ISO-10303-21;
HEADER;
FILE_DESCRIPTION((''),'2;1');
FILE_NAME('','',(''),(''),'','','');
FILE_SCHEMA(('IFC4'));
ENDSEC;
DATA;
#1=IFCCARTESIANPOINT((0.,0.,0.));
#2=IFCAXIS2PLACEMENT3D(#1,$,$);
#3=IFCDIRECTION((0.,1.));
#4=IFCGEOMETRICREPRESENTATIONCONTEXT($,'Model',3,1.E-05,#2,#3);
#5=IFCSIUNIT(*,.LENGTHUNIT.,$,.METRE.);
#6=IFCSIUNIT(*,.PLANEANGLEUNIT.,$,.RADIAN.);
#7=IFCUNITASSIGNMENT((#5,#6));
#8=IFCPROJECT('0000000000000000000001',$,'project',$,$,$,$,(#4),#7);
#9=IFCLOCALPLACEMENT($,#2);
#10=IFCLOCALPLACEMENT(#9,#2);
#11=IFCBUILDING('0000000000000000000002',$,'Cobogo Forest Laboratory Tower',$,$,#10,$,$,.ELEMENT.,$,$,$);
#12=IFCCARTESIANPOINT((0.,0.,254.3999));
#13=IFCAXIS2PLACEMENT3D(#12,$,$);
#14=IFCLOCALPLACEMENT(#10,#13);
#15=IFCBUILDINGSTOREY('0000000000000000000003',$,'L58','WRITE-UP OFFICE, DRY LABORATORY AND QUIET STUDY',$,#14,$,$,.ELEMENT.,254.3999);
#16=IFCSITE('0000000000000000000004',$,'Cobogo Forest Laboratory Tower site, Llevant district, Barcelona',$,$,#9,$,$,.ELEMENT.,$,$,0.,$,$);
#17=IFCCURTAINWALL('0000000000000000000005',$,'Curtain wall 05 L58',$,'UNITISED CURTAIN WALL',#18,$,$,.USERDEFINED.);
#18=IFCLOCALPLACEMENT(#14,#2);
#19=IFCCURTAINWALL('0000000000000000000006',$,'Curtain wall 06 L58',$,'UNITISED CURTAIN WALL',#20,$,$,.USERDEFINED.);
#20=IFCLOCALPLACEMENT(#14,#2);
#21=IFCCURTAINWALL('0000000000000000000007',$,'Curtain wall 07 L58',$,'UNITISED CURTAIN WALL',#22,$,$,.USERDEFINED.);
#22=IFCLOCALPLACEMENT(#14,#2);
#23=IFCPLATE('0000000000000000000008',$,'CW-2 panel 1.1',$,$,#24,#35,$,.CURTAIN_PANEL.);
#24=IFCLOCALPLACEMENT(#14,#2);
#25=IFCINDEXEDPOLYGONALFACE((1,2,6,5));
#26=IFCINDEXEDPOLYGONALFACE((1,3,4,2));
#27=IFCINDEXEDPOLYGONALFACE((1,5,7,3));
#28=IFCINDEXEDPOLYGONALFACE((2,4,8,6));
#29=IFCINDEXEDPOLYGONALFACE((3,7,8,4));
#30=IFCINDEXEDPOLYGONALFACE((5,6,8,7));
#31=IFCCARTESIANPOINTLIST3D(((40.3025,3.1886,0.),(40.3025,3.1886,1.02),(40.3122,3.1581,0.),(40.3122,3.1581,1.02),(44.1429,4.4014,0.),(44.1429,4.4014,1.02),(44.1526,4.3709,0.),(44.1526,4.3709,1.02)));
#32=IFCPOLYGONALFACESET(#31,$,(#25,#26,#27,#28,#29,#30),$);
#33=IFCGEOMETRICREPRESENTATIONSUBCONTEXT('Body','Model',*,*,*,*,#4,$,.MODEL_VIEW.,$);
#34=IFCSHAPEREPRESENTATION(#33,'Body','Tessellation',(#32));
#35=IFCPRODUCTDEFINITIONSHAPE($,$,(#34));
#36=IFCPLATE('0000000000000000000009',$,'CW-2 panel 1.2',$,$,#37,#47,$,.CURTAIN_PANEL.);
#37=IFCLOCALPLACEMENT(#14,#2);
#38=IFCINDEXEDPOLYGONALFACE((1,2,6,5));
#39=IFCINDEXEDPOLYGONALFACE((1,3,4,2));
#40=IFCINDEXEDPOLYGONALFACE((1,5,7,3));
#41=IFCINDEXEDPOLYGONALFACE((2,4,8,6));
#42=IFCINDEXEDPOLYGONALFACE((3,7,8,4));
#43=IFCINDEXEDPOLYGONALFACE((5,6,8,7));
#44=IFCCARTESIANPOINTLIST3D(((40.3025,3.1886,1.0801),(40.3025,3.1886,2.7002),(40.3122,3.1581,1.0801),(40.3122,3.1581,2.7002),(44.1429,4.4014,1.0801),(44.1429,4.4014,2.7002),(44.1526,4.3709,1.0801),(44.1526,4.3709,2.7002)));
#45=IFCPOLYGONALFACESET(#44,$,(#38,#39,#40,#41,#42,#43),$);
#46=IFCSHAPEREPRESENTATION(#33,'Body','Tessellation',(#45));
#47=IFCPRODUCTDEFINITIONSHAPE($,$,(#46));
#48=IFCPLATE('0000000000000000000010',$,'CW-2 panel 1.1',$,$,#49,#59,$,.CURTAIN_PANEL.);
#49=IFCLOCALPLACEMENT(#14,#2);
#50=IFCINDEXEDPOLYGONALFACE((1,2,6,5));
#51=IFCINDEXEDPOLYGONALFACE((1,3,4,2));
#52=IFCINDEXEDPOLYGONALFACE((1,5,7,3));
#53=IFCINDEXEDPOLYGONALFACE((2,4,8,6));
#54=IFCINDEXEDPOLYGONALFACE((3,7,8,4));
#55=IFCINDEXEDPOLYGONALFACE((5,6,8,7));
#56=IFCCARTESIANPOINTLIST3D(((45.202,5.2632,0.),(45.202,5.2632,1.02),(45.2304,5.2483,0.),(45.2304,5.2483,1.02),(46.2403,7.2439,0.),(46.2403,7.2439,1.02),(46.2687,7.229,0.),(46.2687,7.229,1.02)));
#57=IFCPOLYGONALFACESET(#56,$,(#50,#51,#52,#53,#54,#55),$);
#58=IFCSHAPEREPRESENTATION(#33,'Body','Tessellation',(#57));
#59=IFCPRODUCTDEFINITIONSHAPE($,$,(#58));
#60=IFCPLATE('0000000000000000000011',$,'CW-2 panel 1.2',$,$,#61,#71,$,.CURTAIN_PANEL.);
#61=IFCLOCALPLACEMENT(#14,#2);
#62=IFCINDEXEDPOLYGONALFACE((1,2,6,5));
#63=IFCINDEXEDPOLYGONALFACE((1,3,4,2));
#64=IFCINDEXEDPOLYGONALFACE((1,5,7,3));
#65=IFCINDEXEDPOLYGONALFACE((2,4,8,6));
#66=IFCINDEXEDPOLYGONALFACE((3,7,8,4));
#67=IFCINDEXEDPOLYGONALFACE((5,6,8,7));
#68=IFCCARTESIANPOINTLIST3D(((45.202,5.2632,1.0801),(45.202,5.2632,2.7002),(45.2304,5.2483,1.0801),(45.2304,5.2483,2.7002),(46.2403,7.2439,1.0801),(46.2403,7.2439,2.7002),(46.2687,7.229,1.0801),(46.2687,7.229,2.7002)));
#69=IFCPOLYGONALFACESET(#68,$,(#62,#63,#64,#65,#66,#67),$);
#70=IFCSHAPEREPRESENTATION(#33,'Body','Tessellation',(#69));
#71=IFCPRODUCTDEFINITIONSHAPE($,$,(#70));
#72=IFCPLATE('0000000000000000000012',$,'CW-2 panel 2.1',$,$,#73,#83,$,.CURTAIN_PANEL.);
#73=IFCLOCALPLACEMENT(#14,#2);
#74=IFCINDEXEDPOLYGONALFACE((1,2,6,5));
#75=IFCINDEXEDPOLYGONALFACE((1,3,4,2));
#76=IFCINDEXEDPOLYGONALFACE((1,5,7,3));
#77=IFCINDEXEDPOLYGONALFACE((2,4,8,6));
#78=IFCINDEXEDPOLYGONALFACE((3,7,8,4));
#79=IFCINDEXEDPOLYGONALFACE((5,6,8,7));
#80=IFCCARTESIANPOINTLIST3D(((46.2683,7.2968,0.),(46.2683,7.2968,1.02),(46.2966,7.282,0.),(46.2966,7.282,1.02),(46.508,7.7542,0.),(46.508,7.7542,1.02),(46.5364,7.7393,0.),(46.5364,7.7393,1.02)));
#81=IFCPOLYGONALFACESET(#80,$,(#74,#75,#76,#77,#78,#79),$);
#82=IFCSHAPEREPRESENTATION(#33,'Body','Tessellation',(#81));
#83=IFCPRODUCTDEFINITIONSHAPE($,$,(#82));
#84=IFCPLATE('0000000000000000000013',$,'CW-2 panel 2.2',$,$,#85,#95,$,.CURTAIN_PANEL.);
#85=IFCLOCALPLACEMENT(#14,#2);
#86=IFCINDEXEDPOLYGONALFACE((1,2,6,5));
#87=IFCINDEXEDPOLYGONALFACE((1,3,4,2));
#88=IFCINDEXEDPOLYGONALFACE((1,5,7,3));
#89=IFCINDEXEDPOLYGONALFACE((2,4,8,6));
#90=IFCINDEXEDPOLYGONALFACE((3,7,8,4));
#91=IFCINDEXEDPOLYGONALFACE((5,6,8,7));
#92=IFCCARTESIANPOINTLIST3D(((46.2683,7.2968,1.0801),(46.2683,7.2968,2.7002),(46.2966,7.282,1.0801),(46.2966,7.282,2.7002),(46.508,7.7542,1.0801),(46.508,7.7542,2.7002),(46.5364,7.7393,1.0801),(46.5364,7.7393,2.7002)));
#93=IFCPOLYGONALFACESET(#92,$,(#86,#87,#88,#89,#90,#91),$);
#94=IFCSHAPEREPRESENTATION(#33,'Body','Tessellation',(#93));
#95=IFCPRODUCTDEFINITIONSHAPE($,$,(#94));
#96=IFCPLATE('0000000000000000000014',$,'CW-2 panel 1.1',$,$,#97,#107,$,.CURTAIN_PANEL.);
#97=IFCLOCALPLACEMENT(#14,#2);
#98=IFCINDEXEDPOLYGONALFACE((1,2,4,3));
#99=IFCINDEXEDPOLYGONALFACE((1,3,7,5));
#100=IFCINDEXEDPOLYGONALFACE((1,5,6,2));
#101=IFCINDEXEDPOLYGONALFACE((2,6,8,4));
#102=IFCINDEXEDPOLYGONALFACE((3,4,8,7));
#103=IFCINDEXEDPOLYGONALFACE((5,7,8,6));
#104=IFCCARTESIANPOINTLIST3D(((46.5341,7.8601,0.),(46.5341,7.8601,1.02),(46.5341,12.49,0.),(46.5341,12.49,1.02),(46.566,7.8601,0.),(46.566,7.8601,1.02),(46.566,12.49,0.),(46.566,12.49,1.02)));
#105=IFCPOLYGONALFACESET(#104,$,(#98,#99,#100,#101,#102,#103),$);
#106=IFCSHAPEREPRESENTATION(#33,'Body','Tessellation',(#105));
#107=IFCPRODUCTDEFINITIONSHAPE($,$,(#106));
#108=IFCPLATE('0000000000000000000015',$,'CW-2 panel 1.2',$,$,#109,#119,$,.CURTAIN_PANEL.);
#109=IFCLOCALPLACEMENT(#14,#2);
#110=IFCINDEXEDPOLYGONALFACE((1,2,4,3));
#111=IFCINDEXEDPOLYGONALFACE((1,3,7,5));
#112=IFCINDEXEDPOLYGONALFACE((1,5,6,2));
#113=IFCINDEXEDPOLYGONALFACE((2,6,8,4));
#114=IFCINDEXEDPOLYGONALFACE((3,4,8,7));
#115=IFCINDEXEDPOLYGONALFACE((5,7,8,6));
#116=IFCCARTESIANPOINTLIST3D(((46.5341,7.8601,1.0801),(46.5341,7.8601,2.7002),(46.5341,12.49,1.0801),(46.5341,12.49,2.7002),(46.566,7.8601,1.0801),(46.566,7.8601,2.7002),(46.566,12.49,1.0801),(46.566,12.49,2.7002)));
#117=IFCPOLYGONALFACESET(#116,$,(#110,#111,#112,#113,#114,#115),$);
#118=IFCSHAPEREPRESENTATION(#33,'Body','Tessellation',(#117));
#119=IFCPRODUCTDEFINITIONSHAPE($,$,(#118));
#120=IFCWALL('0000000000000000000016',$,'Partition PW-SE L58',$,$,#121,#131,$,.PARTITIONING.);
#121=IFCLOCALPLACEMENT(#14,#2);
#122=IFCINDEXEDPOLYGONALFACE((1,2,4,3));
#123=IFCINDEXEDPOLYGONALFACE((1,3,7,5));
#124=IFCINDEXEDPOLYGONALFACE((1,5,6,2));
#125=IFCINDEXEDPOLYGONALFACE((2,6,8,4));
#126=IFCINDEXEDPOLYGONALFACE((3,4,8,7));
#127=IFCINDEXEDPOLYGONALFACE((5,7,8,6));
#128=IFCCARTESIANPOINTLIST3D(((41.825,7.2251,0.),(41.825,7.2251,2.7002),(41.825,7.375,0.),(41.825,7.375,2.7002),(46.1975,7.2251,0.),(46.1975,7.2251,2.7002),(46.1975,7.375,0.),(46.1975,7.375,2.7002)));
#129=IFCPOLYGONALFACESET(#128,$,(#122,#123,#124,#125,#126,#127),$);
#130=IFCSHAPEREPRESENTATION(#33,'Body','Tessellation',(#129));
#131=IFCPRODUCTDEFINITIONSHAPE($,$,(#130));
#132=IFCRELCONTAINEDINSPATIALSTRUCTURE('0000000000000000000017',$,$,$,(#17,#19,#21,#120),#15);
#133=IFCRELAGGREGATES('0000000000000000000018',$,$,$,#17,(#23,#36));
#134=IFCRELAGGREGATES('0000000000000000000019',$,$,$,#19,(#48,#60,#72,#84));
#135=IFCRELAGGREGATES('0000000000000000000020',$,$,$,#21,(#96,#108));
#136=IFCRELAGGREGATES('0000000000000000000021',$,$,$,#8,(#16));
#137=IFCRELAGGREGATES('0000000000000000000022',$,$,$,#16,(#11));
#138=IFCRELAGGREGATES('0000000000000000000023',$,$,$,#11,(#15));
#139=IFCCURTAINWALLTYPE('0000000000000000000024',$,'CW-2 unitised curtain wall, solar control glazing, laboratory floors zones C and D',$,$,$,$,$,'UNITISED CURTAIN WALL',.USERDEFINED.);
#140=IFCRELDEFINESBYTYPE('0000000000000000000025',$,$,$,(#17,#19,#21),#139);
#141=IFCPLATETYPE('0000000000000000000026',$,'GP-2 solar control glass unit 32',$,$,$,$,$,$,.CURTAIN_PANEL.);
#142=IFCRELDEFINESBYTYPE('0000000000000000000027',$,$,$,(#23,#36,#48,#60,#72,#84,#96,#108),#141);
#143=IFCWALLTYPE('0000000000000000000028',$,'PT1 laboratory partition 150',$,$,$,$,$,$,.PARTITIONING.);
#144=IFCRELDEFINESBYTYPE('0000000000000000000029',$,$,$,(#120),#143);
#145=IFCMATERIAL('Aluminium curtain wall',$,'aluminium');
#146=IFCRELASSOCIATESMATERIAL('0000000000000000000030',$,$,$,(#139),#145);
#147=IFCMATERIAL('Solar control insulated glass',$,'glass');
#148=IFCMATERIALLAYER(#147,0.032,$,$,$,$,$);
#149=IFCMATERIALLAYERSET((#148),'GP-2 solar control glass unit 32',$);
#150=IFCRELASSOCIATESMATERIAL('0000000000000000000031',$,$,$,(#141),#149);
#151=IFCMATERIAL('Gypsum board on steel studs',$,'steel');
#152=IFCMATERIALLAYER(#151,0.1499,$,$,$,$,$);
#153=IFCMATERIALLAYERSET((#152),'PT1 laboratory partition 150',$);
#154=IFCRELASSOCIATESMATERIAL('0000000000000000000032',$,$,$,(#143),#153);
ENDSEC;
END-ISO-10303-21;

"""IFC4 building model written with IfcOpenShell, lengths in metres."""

from ifc_helpers import new_model, si_unit, direction, frame, frame_2d, origin, origin_2d, place, context, subcontext, project, spatial, rectangle, extrude, material, layer, layer_set, type_object, element, aggregate, save


model = new_model("IFC4")

# Units and contexts
model_context = context("Model", 3, precision=1e-05, world=origin(), true_north=direction((0.0, 1.0)))
body_context = subcontext(model_context, "Body", "Model", "MODEL_VIEW")
ifc_project = project(units=[si_unit("LENGTHUNIT", "METRE"), si_unit("PLANEANGLEUNIT", "RADIAN")], contexts=[model_context])

# Site, building, storey
site_placement = place(None, origin())
site = spatial("IfcSite", under=ifc_project, at=site_placement, Name="Cobogo Forest Laboratory Tower site, Llevant district, Barcelona", CompositionType="ELEMENT", RefElevation=0.0)
building_placement = place(site_placement, origin())
building = spatial("IfcBuilding", under=site, at=building_placement, Name="Cobogo Forest Laboratory Tower", CompositionType="ELEMENT")
storey_placement = place(building_placement, frame((0.0, 0.0, 254.3999)))
storey = spatial("IfcBuildingStorey", under=building, at=storey_placement, Name="L58", Description="WRITE-UP OFFICE, DRY LABORATORY AND QUIET STUDY", CompositionType="ELEMENT", Elevation=254.3999)

# Curtain walls
ifc_material_1 = material(Name="Aluminium curtain wall", Category="aluminium")
curtain_wall_type = type_object("IfcCurtainWallType", Name="CW-2 unitised curtain wall, solar control glazing, laboratory floors zones C and D", ElementType="UNITISED CURTAIN WALL", PredefinedType="USERDEFINED", material=ifc_material_1)
curtain_wall_1_placement = place(storey_placement, origin())
curtain_wall_1 = element("IfcCurtainWall", 1, at=curtain_wall_1_placement, inside=storey, type_object=curtain_wall_type, Name="Curtain wall 05 L58", ObjectType="UNITISED CURTAIN WALL", PredefinedType="USERDEFINED")
curtain_wall_2_placement = place(storey_placement, origin())
curtain_wall_2 = element("IfcCurtainWall", 2, at=curtain_wall_2_placement, inside=storey, type_object=curtain_wall_type, Name="Curtain wall 06 L58", ObjectType="UNITISED CURTAIN WALL", PredefinedType="USERDEFINED")

# Curtain wall
curtain_wall_3_placement = place(storey_placement, origin())
curtain_wall_3 = element("IfcCurtainWall", 3, at=curtain_wall_3_placement, inside=storey, type_object=curtain_wall_type, Name="Curtain wall 07 L58", ObjectType="UNITISED CURTAIN WALL", PredefinedType="USERDEFINED")

# Plates
ifc_material_2 = material(Name="Solar control insulated glass", Category="glass")
ifc_layer_1 = layer(ifc_material_2, 0.032)
ifc_layer_set_1 = layer_set([ifc_layer_1], Name="GP-2 solar control glass unit 32")
plate_type = type_object("IfcPlateType", Name="GP-2 solar control glass unit 32", PredefinedType="CURTAIN_PANEL", material=ifc_layer_set_1)
plate_1_placement = place(storey_placement, frame((42.2275, 3.7798, 0.0), z_axis=(0.0, 0.0, 1.0), x_axis=(0.953581, 0.301135, 0.0)))
plate_1 = element("IfcPlate", 4, at=plate_1_placement, type_object=plate_type, Name="CW-2 panel 1.1", PredefinedType="CURTAIN_PANEL", context=body_context, shape_type="SweptSolid", body=[
    extrude(rectangle(XDim=4.0273, YDim=0.032, at=origin_2d()), origin(), (0.0, 0.0, 1.0), 1.02),
])
plate_2_placement = place(storey_placement, frame((42.2275, 3.7798, 1.0801), z_axis=(0.0, 0.0, 1.0), x_axis=(0.953581, 0.301135, 0.0)))
plate_2 = element("IfcPlate", 5, at=plate_2_placement, type_object=plate_type, Name="CW-2 panel 1.2", PredefinedType="CURTAIN_PANEL", context=body_context, shape_type="SweptSolid", body=[
    extrude(rectangle(XDim=4.0273, YDim=0.032, at=origin_2d()), origin(), (0.0, 0.0, 1.0), 1.6201),
])
aggregate(curtain_wall_1, [plate_1, plate_2])
plate_3_placement = place(storey_placement, frame((45.7354, 6.2461, 0.0), z_axis=(0.0, 0.0, 1.0), x_axis=(0.464284, 0.885686, 0.0)))
plate_3 = element("IfcPlate", 6, at=plate_3_placement, type_object=plate_type, Name="CW-2 panel 1.1", PredefinedType="CURTAIN_PANEL", context=body_context, shape_type="SweptSolid", body=[
    extrude(rectangle(XDim=2.2363, YDim=0.032, at=origin_2d()), origin(), (0.0, 0.0, 1.0), 1.02),
])
plate_4_placement = place(storey_placement, frame((45.7354, 6.2461, 1.0801), z_axis=(0.0, 0.0, 1.0), x_axis=(0.464284, 0.885686, 0.0)))
plate_4 = element("IfcPlate", 7, at=plate_4_placement, type_object=plate_type, Name="CW-2 panel 1.2", PredefinedType="CURTAIN_PANEL", context=body_context, shape_type="SweptSolid", body=[
    extrude(rectangle(XDim=2.2363, YDim=0.032, at=origin_2d()), origin(), (0.0, 0.0, 1.0), 1.6201),
])
plate_5_placement = place(storey_placement, frame((46.4023, 7.5181, 0.0), z_axis=(0.0, 0.0, 1.0), x_axis=(0.464284, 0.885686, 0.0)))
plate_5 = element("IfcPlate", 8, at=plate_5_placement, type_object=plate_type, Name="CW-2 panel 2.1", PredefinedType="CURTAIN_PANEL", context=body_context, shape_type="SweptSolid", body=[
    extrude(rectangle(XDim=0.5164, YDim=0.032, at=origin_2d()), origin(), (0.0, 0.0, 1.0), 1.02),
])
plate_6_placement = place(storey_placement, frame((46.4023, 7.5181, 1.0801), z_axis=(0.0, 0.0, 1.0), x_axis=(0.464284, 0.885686, 0.0)))
plate_6 = element("IfcPlate", 9, at=plate_6_placement, type_object=plate_type, Name="CW-2 panel 2.2", PredefinedType="CURTAIN_PANEL", context=body_context, shape_type="SweptSolid", body=[
    extrude(rectangle(XDim=0.5164, YDim=0.032, at=origin_2d()), origin(), (0.0, 0.0, 1.0), 1.6201),
])
aggregate(curtain_wall_2, [plate_3, plate_4, plate_5, plate_6])
plate_7_placement = place(storey_placement, frame((46.55, 10.175, 0.0), z_axis=(0.0, 0.0, 1.0), x_axis=(0.0, 1.0, 0.0)))
plate_7 = element("IfcPlate", 10, at=plate_7_placement, type_object=plate_type, Name="CW-2 panel 1.1", PredefinedType="CURTAIN_PANEL", context=body_context, shape_type="SweptSolid", body=[
    extrude(rectangle(XDim=4.6299, YDim=0.032, at=origin_2d()), origin(), (0.0, 0.0, 1.0), 1.02),
])
plate_8_placement = place(storey_placement, frame((46.55, 10.175, 1.0801), z_axis=(0.0, 0.0, 1.0), x_axis=(0.0, 1.0, 0.0)))
plate_8 = element("IfcPlate", 11, at=plate_8_placement, type_object=plate_type, Name="CW-2 panel 1.2", PredefinedType="CURTAIN_PANEL", context=body_context, shape_type="SweptSolid", body=[
    extrude(rectangle(XDim=4.6299, YDim=0.032, at=origin_2d()), origin(), (0.0, 0.0, 1.0), 1.6201),
])
aggregate(curtain_wall_3, [plate_7, plate_8])

# Wall
ifc_material_3 = material(Name="Gypsum board on steel studs", Category="steel")
ifc_layer_2 = layer(ifc_material_3, 0.1499)
ifc_layer_set_2 = layer_set([ifc_layer_2], Name="PT1 laboratory partition 150")
wall_type_1 = type_object("IfcWallType", Name="PT1 laboratory partition 150", PredefinedType="PARTITIONING", material=ifc_layer_set_2)
wall_1_placement = place(storey_placement, frame((46.1975, 7.3, 0.0), z_axis=(0.0, 0.0, 1.0), x_axis=(-1.0, 0.0, 0.0)))
element("IfcWall", 12, at=wall_1_placement, inside=storey, type_object=wall_type_1, Name="Partition PW-SE L58", PredefinedType="PARTITIONING", context=body_context, shape_type="SweptSolid", body=[
    extrude(rectangle(XDim=4.3726, YDim=0.1499, at=frame_2d((2.1863, 0.0))), origin(), (0.0, 0.0, 1.0), 2.7002),
])

save(model, "model.ifc")
